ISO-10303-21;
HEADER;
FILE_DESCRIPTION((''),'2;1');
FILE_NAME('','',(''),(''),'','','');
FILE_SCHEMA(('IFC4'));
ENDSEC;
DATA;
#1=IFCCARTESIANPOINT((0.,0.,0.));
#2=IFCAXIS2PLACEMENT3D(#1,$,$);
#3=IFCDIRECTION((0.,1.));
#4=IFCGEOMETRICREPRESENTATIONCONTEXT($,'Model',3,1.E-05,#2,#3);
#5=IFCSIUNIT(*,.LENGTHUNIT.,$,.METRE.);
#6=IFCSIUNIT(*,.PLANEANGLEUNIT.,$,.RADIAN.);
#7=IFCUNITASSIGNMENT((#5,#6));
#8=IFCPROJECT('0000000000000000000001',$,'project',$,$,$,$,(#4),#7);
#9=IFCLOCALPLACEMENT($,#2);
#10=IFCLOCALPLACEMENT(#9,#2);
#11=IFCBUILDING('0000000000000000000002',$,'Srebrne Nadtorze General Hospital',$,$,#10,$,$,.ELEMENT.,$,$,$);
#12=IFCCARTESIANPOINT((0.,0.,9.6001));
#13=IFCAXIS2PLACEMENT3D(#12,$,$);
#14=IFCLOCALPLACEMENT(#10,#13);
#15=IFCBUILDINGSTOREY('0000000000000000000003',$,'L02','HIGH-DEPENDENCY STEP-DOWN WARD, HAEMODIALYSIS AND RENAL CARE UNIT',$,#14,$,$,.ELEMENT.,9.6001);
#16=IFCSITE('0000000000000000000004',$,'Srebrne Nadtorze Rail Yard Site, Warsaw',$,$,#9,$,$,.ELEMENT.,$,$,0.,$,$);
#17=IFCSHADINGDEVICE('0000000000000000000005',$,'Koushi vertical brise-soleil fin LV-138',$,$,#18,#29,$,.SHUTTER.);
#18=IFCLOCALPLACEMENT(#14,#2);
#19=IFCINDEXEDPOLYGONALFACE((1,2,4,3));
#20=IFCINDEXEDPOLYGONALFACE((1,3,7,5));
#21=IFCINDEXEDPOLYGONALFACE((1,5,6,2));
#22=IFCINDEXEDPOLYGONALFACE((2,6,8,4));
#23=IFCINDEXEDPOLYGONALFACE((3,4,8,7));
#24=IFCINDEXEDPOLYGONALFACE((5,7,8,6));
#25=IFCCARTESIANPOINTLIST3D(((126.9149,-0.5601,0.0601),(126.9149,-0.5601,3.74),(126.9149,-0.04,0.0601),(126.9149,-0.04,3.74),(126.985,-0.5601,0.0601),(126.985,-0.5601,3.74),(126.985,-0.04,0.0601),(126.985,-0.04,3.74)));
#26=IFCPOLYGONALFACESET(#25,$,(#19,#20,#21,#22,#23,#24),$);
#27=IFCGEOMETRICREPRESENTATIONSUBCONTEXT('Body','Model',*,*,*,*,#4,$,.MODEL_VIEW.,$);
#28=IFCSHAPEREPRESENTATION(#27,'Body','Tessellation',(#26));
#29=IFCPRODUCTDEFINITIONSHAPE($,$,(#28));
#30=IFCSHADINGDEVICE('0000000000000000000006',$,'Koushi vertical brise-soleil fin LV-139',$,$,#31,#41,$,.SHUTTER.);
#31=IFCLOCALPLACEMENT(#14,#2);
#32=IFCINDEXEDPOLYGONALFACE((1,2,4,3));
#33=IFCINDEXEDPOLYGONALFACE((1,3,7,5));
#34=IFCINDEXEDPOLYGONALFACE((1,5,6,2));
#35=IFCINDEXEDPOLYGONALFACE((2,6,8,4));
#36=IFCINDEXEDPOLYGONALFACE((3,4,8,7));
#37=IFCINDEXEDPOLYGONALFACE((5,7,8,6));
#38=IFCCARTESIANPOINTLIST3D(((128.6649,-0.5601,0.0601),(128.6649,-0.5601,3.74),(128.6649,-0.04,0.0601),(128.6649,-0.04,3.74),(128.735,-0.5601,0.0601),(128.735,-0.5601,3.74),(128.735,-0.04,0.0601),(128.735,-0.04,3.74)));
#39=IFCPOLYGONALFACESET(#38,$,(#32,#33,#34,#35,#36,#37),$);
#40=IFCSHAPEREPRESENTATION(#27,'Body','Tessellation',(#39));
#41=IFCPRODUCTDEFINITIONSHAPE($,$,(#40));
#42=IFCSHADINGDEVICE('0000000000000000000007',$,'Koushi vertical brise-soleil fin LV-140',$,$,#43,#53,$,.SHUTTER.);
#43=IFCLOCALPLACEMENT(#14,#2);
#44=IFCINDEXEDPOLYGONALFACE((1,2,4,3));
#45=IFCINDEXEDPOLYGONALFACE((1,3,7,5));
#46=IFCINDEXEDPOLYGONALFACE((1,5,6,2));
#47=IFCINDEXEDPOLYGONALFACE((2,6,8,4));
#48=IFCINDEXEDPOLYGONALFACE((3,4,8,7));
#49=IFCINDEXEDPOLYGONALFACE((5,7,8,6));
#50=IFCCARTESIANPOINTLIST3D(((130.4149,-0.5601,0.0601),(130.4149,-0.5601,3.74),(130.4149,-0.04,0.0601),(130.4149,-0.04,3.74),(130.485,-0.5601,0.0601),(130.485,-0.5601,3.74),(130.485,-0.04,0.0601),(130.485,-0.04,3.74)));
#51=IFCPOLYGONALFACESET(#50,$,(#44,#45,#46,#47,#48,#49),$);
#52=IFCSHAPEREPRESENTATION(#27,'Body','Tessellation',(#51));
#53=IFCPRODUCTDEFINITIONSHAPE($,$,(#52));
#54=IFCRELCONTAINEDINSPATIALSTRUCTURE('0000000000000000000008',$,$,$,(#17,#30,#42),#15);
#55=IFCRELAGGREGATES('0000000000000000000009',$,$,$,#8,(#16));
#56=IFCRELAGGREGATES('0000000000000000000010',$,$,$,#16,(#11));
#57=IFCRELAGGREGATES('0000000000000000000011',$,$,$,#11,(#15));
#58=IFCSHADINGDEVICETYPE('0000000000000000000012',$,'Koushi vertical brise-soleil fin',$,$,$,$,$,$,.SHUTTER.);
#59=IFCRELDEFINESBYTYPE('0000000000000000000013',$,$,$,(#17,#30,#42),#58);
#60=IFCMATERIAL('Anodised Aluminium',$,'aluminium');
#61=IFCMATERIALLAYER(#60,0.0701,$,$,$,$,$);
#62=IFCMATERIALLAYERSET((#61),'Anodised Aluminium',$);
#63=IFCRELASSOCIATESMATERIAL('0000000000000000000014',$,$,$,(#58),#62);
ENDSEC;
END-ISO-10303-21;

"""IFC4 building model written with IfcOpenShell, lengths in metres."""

from ifc_helpers import new_model, si_unit, direction, frame, origin, origin_2d, place, context, subcontext, project, spatial, rectangle, extrude, material, layer, layer_set, type_object, element, save


model = new_model("IFC4")

# Units and contexts
model_context = context("Model", 3, precision=1e-05, world=origin(), true_north=direction((0.0, 1.0)))
body_context = subcontext(model_context, "Body", "Model", "MODEL_VIEW")
ifc_project = project(units=[si_unit("LENGTHUNIT", "METRE"), si_unit("PLANEANGLEUNIT", "RADIAN")], contexts=[model_context])

# Site, building, storey
site_placement = place(None, origin())
site = spatial("IfcSite", under=ifc_project, at=site_placement, Name="Srebrne Nadtorze Rail Yard Site, Warsaw", CompositionType="ELEMENT", RefElevation=0.0)
building_placement = place(site_placement, origin())
building = spatial("IfcBuilding", under=site, at=building_placement, Name="Srebrne Nadtorze General Hospital", CompositionType="ELEMENT")
storey_placement = place(building_placement, frame((0.0, 0.0, 9.6001)))
storey = spatial("IfcBuildingStorey", under=building, at=storey_placement, Name="L02", Description="HIGH-DEPENDENCY STEP-DOWN WARD, HAEMODIALYSIS AND RENAL CARE UNIT", CompositionType="ELEMENT", Elevation=9.6001)

# Shading devices
ifc_material_1 = material(Name="Anodised Aluminium", Category="aluminium")
ifc_layer_1 = layer(ifc_material_1, 0.0701)
ifc_layer_set_1 = layer_set([ifc_layer_1], Name="Anodised Aluminium")
shading_device_type = type_object("IfcShadingDeviceType", Name="Koushi vertical brise-soleil fin", PredefinedType="SHUTTER", material=ifc_layer_set_1)
for number, where, z_axis, x_axis, name in (
    (1, (126.95, -0.3, 0.0601), (0.0, 0.0, 1.0), (1.0, 0.0, 0.0), "Koushi vertical brise-soleil fin LV-138"),
    (2, (128.7, -0.3, 0.0601), (0.0, 0.0, 1.0), (1.0, 0.0, 0.0), "Koushi vertical brise-soleil fin LV-139"),
    (3, (130.45, -0.3, 0.0601), (0.0, 0.0, 1.0), (1.0, 0.0, 0.0), "Koushi vertical brise-soleil fin LV-140"),
):
    element("IfcShadingDevice", number, at=place(storey_placement, frame(where, z_axis=z_axis, x_axis=x_axis)), inside=storey, type_object=shading_device_type, Name=name, PredefinedType="SHUTTER", context=body_context, shape_type="SweptSolid", body=[
        extrude(rectangle(XDim=0.0701, YDim=0.52, at=origin_2d()), origin(), (0.0, 0.0, 1.0), 3.6799),
    ])

save(model, "model.ifc")
